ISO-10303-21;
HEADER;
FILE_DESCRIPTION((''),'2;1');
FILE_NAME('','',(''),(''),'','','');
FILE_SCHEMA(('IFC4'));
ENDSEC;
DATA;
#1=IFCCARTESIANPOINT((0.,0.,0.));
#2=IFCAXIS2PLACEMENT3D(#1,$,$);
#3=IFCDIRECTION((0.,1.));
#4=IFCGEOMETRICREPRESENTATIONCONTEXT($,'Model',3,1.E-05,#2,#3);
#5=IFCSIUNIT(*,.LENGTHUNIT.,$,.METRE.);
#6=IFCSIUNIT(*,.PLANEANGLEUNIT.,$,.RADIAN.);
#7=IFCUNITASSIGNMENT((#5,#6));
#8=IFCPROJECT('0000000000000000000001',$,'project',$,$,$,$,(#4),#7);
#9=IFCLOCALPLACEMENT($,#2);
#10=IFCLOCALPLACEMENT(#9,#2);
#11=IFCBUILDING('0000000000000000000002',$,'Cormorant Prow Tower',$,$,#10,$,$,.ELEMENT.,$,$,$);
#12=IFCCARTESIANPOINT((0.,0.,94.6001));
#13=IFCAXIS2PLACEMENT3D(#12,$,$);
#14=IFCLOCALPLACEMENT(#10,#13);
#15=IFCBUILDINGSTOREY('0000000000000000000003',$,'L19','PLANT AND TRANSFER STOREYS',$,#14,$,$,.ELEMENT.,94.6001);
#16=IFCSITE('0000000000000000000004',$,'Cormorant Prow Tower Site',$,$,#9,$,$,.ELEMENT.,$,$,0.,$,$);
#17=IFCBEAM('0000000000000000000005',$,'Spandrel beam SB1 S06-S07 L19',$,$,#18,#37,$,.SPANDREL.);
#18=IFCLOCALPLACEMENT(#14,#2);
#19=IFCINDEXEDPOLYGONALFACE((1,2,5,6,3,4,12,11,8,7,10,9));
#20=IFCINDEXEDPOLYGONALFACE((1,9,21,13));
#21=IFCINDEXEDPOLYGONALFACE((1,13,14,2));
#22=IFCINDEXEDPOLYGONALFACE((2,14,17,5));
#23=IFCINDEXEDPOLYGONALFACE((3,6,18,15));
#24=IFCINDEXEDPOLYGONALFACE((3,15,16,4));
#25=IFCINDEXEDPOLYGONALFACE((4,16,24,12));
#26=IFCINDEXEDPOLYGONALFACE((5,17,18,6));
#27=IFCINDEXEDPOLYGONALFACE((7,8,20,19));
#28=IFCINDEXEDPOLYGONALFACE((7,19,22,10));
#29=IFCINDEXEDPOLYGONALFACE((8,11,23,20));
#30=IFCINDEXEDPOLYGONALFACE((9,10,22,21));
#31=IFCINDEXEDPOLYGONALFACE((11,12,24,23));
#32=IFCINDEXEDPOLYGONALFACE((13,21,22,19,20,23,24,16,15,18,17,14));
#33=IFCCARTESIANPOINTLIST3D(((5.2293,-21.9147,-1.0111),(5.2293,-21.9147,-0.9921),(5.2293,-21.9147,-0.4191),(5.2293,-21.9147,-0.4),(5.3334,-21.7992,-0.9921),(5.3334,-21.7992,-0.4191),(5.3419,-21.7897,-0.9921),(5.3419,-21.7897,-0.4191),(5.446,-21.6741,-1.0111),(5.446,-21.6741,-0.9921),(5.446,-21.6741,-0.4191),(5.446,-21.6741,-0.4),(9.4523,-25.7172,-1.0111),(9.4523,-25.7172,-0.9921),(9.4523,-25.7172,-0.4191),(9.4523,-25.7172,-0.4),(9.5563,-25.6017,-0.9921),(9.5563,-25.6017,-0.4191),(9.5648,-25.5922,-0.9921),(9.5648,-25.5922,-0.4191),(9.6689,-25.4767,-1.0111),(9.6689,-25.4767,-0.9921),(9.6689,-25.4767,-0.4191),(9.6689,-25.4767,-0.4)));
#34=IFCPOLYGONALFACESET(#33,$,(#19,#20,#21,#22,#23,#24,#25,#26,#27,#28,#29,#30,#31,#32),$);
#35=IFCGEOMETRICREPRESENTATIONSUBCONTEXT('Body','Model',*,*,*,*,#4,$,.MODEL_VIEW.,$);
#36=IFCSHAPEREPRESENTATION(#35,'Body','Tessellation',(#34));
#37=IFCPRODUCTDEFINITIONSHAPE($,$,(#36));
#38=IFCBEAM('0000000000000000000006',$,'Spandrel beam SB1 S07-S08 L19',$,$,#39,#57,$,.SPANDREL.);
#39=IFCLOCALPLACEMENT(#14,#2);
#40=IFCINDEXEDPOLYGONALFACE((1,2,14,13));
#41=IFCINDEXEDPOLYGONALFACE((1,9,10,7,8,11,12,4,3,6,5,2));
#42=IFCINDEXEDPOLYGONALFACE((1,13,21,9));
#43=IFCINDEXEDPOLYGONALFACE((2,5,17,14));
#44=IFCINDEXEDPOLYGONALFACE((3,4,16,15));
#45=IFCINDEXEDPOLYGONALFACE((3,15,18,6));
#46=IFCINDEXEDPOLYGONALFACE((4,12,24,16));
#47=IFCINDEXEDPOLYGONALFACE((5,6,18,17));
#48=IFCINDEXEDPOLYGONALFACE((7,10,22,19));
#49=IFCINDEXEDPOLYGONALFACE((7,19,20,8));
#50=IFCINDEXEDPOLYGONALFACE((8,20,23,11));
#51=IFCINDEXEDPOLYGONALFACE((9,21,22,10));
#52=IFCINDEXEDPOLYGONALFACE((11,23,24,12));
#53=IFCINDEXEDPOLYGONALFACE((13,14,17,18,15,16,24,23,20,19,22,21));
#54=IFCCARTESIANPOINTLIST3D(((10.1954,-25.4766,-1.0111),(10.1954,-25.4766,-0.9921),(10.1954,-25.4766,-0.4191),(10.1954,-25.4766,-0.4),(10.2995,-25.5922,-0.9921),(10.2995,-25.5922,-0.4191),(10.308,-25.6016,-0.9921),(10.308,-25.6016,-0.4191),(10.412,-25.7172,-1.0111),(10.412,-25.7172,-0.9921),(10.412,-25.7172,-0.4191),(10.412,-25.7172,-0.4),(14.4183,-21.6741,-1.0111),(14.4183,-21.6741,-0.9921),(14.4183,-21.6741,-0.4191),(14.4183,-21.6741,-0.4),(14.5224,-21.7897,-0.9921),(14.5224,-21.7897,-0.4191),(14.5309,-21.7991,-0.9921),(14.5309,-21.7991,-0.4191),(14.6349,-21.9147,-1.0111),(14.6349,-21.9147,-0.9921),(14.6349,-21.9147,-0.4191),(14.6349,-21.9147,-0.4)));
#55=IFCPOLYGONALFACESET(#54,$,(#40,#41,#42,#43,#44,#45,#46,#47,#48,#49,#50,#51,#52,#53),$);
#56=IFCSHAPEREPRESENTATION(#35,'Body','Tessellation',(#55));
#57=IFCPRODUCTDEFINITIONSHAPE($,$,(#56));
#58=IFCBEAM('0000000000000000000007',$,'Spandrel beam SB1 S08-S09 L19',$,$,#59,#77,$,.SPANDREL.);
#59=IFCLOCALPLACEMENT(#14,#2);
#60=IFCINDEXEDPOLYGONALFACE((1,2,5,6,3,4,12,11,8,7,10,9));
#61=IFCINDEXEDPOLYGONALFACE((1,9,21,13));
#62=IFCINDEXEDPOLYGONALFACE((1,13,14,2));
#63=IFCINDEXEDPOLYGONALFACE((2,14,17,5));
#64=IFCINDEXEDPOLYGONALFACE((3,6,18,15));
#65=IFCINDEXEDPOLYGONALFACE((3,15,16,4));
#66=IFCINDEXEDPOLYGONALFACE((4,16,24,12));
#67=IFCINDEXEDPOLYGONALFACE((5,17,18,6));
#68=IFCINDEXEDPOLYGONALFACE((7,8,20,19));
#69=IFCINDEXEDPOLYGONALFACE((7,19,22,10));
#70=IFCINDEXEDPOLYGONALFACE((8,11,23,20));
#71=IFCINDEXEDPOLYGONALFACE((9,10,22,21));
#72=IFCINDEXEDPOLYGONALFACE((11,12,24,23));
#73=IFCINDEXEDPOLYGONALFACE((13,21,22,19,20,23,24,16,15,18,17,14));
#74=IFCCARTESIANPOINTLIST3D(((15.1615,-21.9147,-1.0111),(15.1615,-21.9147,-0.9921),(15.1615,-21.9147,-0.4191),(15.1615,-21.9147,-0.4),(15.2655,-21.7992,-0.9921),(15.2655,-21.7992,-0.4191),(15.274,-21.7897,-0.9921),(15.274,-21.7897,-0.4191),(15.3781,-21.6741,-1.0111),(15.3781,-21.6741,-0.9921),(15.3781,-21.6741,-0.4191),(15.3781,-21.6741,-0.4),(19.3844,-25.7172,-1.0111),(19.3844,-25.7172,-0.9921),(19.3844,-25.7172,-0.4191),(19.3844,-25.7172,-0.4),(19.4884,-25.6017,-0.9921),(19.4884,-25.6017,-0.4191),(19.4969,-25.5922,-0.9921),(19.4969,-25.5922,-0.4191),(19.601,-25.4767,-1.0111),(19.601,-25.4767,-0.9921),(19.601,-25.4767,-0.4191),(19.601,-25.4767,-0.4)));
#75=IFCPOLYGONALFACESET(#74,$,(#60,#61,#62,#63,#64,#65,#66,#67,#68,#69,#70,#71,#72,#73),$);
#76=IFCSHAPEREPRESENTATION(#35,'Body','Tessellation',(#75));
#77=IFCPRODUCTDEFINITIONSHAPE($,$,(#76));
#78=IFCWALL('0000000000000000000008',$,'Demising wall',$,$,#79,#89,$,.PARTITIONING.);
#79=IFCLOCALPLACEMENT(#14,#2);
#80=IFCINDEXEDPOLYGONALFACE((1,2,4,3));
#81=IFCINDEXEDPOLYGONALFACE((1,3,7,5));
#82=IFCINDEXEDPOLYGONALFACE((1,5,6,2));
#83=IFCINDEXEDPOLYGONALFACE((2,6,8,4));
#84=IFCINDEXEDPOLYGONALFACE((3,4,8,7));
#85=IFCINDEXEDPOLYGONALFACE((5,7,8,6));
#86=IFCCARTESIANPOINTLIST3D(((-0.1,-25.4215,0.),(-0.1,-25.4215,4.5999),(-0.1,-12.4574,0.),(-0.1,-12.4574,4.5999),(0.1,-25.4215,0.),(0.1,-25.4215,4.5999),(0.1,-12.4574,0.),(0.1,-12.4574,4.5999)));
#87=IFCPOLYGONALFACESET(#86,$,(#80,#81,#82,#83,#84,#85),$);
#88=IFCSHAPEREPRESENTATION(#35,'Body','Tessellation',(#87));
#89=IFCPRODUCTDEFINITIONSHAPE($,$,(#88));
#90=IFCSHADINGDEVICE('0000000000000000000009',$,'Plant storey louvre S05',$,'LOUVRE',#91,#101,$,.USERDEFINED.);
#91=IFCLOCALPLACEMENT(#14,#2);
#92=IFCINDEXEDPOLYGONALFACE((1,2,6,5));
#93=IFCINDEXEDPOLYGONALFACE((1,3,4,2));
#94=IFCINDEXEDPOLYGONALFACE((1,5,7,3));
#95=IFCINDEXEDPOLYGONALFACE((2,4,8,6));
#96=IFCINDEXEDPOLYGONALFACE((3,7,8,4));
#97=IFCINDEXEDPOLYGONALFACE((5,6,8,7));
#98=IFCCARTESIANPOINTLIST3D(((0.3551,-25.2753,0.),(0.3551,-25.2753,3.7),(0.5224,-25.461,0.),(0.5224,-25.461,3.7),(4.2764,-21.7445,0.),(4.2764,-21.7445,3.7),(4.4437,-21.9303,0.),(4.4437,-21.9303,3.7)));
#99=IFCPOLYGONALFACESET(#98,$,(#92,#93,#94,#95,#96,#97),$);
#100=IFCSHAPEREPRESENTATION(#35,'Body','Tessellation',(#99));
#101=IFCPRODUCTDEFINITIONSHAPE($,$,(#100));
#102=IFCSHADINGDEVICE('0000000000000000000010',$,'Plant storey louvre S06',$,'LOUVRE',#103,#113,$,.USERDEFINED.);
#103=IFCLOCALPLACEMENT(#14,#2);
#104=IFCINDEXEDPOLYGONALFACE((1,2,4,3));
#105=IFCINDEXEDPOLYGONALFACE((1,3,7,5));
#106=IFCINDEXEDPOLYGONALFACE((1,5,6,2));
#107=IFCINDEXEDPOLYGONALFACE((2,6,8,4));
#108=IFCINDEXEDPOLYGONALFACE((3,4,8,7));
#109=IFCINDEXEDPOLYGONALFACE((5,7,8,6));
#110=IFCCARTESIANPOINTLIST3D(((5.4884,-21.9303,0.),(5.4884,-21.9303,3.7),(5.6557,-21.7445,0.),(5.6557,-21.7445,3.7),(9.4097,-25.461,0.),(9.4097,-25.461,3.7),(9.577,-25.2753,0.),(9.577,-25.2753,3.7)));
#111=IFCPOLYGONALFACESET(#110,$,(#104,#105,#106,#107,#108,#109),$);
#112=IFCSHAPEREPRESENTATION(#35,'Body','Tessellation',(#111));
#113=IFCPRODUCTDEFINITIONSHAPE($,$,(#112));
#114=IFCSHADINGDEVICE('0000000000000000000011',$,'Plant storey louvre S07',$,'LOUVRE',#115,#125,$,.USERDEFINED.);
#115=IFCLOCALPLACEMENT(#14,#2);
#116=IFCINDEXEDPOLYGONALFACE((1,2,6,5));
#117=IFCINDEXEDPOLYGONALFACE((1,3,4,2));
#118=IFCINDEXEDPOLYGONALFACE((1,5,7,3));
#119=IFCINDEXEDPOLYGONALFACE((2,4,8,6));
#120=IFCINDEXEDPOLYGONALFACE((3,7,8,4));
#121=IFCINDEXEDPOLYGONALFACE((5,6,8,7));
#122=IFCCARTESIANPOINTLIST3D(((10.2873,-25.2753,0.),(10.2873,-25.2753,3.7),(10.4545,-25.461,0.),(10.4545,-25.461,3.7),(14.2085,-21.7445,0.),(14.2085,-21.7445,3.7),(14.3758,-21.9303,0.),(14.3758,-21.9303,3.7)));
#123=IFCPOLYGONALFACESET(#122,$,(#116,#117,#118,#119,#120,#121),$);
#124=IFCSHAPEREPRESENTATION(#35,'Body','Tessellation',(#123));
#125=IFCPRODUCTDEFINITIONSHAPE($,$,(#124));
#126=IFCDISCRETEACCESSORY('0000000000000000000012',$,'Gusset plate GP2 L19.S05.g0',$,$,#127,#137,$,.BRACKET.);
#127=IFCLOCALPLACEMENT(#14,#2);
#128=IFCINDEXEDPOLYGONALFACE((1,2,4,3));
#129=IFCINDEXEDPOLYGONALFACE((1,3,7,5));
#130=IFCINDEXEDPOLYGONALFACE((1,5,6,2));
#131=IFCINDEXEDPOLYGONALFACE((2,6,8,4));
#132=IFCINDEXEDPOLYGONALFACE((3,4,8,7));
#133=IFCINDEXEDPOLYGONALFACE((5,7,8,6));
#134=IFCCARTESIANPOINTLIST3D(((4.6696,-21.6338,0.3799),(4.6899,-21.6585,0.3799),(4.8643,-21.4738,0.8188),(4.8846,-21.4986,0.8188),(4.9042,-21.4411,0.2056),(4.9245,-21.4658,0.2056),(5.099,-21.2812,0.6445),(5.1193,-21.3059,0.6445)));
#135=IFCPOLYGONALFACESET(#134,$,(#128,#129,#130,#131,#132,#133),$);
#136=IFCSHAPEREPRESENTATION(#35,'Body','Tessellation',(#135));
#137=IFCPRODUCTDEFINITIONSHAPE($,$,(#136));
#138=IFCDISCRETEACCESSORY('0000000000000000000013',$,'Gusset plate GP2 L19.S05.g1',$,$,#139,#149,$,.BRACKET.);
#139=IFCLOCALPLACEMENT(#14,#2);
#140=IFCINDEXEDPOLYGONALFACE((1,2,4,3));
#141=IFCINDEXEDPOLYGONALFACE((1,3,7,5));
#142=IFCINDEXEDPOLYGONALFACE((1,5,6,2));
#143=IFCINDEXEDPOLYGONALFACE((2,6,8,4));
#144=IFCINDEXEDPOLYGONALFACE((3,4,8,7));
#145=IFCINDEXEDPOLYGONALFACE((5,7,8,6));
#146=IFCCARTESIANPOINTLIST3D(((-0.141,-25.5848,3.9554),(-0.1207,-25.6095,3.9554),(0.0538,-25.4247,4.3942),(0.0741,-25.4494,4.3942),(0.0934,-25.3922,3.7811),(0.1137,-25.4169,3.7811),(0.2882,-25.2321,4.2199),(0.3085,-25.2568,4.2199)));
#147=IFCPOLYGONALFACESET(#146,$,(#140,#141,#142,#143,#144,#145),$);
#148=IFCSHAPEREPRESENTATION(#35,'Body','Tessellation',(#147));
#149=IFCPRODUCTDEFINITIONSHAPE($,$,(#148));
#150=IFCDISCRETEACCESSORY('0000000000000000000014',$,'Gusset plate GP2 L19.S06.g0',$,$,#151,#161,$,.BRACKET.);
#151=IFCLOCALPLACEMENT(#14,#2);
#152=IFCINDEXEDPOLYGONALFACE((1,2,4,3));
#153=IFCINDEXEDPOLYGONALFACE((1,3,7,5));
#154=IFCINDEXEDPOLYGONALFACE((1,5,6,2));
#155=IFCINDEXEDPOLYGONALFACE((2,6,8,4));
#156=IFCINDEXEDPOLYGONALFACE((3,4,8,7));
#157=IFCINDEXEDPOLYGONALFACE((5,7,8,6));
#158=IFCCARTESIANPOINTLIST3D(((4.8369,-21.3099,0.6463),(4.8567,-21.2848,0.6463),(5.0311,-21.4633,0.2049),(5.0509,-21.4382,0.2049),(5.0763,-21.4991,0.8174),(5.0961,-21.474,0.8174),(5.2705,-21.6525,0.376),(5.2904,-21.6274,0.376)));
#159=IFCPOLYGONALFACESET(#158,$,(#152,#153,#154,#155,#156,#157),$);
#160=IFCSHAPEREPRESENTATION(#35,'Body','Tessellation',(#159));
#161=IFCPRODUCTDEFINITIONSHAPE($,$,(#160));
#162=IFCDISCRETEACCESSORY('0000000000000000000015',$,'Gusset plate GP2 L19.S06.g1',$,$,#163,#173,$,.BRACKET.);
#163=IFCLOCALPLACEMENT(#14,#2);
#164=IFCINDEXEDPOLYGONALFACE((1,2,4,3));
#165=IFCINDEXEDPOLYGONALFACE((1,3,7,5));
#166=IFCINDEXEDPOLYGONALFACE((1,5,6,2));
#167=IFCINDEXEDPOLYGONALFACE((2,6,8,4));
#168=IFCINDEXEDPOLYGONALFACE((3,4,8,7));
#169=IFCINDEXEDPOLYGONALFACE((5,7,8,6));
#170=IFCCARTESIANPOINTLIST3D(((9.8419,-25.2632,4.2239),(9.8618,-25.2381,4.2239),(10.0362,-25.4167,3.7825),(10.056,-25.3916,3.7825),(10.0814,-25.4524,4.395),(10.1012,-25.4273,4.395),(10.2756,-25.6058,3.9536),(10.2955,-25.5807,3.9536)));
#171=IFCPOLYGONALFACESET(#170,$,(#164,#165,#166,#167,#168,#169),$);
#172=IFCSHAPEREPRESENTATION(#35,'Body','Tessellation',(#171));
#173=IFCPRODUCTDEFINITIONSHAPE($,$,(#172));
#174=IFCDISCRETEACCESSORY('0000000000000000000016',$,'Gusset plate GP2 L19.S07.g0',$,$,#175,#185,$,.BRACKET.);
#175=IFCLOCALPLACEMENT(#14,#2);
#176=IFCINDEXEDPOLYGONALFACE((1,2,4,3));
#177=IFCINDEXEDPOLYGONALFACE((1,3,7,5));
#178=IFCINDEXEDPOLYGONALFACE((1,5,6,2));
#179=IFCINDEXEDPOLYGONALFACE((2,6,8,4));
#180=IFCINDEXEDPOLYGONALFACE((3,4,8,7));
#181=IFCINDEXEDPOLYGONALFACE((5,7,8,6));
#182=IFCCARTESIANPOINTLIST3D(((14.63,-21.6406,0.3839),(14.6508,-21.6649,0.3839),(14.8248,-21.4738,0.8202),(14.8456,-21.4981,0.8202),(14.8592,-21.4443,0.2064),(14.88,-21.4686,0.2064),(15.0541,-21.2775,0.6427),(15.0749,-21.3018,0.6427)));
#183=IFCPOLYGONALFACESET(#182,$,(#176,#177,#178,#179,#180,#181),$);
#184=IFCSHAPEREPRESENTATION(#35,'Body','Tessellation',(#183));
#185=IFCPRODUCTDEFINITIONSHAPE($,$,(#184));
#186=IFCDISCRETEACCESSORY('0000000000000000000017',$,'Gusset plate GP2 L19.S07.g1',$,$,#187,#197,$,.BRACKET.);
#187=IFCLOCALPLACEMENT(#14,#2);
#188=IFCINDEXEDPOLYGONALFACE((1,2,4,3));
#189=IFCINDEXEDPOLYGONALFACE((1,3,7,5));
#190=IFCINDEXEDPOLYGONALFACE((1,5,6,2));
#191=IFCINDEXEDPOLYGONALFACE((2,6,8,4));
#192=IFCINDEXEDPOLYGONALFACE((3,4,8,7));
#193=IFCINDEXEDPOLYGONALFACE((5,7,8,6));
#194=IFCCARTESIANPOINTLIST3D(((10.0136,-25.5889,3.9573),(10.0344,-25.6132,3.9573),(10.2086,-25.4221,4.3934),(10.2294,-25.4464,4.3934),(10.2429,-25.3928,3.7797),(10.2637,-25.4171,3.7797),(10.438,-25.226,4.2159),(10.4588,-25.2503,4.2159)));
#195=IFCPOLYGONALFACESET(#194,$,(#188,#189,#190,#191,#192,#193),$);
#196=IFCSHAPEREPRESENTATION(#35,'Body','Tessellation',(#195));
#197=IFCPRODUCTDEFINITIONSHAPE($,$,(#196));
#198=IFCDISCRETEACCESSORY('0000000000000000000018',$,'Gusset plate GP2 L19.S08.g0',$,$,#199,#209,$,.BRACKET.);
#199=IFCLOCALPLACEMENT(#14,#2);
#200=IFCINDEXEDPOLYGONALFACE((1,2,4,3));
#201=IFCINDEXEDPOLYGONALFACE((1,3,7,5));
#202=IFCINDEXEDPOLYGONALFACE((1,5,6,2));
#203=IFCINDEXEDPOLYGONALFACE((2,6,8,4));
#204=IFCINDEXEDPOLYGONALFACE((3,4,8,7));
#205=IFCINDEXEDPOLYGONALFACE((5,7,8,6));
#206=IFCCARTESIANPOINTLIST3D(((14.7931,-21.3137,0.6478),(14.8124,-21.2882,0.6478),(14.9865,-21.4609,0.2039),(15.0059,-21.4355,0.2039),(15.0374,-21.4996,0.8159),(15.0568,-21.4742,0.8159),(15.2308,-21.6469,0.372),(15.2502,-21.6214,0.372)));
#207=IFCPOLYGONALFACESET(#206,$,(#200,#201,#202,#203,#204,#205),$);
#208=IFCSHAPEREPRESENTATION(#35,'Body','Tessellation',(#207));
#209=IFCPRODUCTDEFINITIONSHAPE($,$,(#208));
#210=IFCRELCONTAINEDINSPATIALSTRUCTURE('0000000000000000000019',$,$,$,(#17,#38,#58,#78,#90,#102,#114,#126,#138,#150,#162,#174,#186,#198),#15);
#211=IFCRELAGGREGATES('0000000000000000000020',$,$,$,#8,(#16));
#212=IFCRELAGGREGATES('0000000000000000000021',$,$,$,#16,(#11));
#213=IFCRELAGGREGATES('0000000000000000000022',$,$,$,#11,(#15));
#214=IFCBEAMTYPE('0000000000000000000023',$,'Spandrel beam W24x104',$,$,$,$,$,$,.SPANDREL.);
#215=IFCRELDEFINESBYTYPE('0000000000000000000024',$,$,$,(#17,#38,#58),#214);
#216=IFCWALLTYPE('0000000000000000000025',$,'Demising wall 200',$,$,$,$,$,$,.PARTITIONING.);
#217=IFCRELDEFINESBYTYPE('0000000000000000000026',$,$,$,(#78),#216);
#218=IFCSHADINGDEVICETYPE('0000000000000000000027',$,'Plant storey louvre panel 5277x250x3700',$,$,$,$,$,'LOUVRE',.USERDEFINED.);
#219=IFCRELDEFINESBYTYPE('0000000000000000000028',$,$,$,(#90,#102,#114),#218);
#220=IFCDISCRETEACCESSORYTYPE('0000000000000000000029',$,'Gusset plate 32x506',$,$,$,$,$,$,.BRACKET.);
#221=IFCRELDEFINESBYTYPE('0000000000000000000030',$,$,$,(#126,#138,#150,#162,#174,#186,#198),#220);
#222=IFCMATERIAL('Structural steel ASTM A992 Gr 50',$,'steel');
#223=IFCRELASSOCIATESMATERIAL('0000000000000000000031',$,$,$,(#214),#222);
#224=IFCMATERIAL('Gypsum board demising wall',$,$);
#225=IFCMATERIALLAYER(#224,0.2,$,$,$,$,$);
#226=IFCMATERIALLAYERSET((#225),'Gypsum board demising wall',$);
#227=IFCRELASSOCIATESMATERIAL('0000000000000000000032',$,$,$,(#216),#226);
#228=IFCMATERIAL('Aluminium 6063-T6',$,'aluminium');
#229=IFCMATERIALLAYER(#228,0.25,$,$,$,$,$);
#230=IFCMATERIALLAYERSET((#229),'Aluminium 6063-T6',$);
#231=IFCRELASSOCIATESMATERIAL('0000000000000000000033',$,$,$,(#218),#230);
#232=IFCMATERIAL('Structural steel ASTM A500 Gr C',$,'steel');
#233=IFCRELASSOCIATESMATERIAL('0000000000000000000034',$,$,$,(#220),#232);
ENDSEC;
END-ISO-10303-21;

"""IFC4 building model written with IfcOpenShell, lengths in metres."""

from ifc_helpers import new_model, si_unit, direction, frame, frame_2d, origin, origin_2d, place, context, subcontext, project, spatial, rectangle, i_section, extrude, material, layer, layer_set, material_profile, profile_set, type_object, element, save


model = new_model("IFC4")

# Units and contexts
model_context = context("Model", 3, precision=1e-05, world=origin(), true_north=direction((0.0, 1.0)))
body_context = subcontext(model_context, "Body", "Model", "MODEL_VIEW")
ifc_project = project(units=[si_unit("LENGTHUNIT", "METRE"), si_unit("PLANEANGLEUNIT", "RADIAN")], contexts=[model_context])

# Site, building, storey
site_placement = place(None, origin())
site = spatial("IfcSite", under=ifc_project, at=site_placement, Name="Cormorant Prow Tower Site", CompositionType="ELEMENT", RefElevation=0.0)
building_placement = place(site_placement, origin())
building = spatial("IfcBuilding", under=site, at=building_placement, Name="Cormorant Prow Tower", CompositionType="ELEMENT")
storey_placement = place(building_placement, frame((0.0, 0.0, 94.6001)))
storey = spatial("IfcBuildingStorey", under=building, at=storey_placement, Name="L19", Description="PLANT AND TRANSFER STOREYS", CompositionType="ELEMENT", Elevation=94.6001)

# Beams
ifc_material_1 = material(Name="Structural steel ASTM A992 Gr 50", Category="steel")
ifc_material_profile_1 = material_profile(ifc_material_1, i_section(OverallWidth=0.3237, OverallDepth=0.6111, WebThickness=0.0127, FlangeThickness=0.019, at=origin_2d()), Name="W24x104")
ifc_profile_set_1 = profile_set([ifc_material_profile_1], Name="Structural steel ASTM A992 Gr 50")
beam_type = type_object("IfcBeamType", Name="Spandrel beam W24x104", PredefinedType="SPANDREL", material=ifc_profile_set_1)
for number, where, z_axis, x_axis, name in (
    (1, (5.3376, -21.7944, -0.7056), (0.74313, -0.669147, 0.0), (0.669147, 0.74313, 0.0), "Spandrel beam SB1 S06-S07 L19"),
    (2, (10.3037, -25.5969, -0.7056), (0.74313, 0.669147, 0.0), (-0.669147, 0.74313, 0.0), "Spandrel beam SB1 S07-S08 L19"),
    (3, (15.2698, -21.7944, -0.7056), (0.74313, -0.669147, 0.0), (0.669147, 0.74313, 0.0), "Spandrel beam SB1 S08-S09 L19"),
):
    element("IfcBeam", number, at=place(storey_placement, frame(where, z_axis=z_axis, x_axis=x_axis)), inside=storey, type_object=beam_type, Name=name, PredefinedType="SPANDREL", context=body_context, shape_type="SweptSolid", body=[
        extrude(i_section(OverallWidth=0.3237, OverallDepth=0.6111, WebThickness=0.0127, FlangeThickness=0.019, at=origin_2d()), origin(), (0.0, 0.0, 1.0), 5.6826),
    ])

# Wall
ifc_material_2 = material(Name="Gypsum board demising wall")
ifc_layer_1 = layer(ifc_material_2, 0.2)
ifc_layer_set_1 = layer_set([ifc_layer_1], Name="Gypsum board demising wall")
wall_type = type_object("IfcWallType", Name="Demising wall 200", PredefinedType="PARTITIONING", material=ifc_layer_set_1)
wall_placement = place(storey_placement, frame((0.0, -25.4214, 0.0), z_axis=(0.0, 0.0, 1.0), x_axis=(0.0, 1.0, 0.0)))
element("IfcWall", 4, at=wall_placement, inside=storey, type_object=wall_type, Name="Demising wall", PredefinedType="PARTITIONING", context=body_context, shape_type="SweptSolid", body=[
    extrude(rectangle(XDim=12.9641, YDim=0.2, at=frame_2d((6.4819, 0.0))), origin(), (0.0, 0.0, 1.0), 4.5999),
])

# Shading devices
ifc_material_3 = material(Name="Aluminium 6063-T6", Category="aluminium")
ifc_layer_2 = layer(ifc_material_3, 0.25)
ifc_layer_set_2 = layer_set([ifc_layer_2], Name="Aluminium 6063-T6")
shading_device_type = type_object("IfcShadingDeviceType", Name="Plant storey louvre panel 5277x250x3700", ElementType="LOUVRE", PredefinedType="USERDEFINED", material=ifc_layer_set_2)
for number, where, z_axis, x_axis, name in (
    (5, (2.3994, -23.6028, 0.0), (0.0, 0.0, 1.0), (0.743145, 0.669131, 0.0), "Plant storey louvre S05"),
    (6, (7.5327, -23.6028, 0.0), (0.0, 0.0, 1.0), (0.743145, -0.669131, 0.0), "Plant storey louvre S06"),
    (7, (12.3315, -23.6028, 0.0), (0.0, 0.0, 1.0), (0.743145, 0.669131, 0.0), "Plant storey louvre S07"),
):
    element("IfcShadingDevice", number, at=place(storey_placement, frame(where, z_axis=z_axis, x_axis=x_axis)), inside=storey, type_object=shading_device_type, Name=name, ObjectType="LOUVRE", PredefinedType="USERDEFINED", context=body_context, shape_type="SweptSolid", body=[
        extrude(rectangle(XDim=5.2766, YDim=0.25, at=origin_2d()), origin(), (0.0, 0.0, 1.0), 3.7),
    ])

# Discrete accessories
ifc_material_4 = material(Name="Structural steel ASTM A500 Gr C", Category="steel")
ifc_material_profile_2 = material_profile(ifc_material_4, rectangle(XDim=0.032, YDim=0.5061, at=origin_2d()), Name="Gusset plate 32x506")
ifc_profile_set_2 = profile_set([ifc_material_profile_2], Name="Structural steel ASTM A500 Gr C")
discrete_accessory_type_1 = type_object("IfcDiscreteAccessoryType", Name="Gusset plate 32x506", PredefinedType="BRACKET", material=ifc_profile_set_2)
discrete_accessory_1_placement = place(storey_placement, frame((4.7771, -21.5662, 0.5994), z_axis=(0.670238, 0.550279, -0.497971), x_axis=(-0.634551, 0.772881, 0.0)))
element("IfcDiscreteAccessory", 8, at=discrete_accessory_1_placement, inside=storey, type_object=discrete_accessory_type_1, Name="Gusset plate GP2 L19.S05.g0", PredefinedType="BRACKET", context=body_context, shape_type="SweptSolid", body=[
    extrude(rectangle(XDim=0.032, YDim=0.5061, at=origin_2d()), origin(), (0.0, 0.0, 1.0), 0.3501),
])
for number, where, z_axis, x_axis, name in (
    (9, (0.2009, -25.3245, 4.0005), (-0.669853, -0.550536, 0.498203), (0.634945, -0.772557, 0.0), "Gusset plate GP2 L19.S05.g1"),
    (10, (5.1833, -21.5632, 0.5967), (-0.684428, 0.540705, -0.489077), (-0.619904, -0.784678, 0.0), "Gusset plate GP2 L19.S06.g0"),
    (11, (9.949, -25.3274, 4.0032), (0.684428, -0.540705, 0.489077), (0.619904, 0.784678, 0.0), "Gusset plate GP2 L19.S06.g1"),
):
    element("IfcDiscreteAccessory", number, at=place(storey_placement, frame(where, z_axis=z_axis, x_axis=x_axis)), inside=storey, type_object=discrete_accessory_type_1, Name=name, PredefinedType="BRACKET", context=body_context, shape_type="SweptSolid", body=[
        extrude(rectangle(XDim=0.032, YDim=0.5061, at=origin_2d()), origin(), (0.0, 0.0, 1.0), 0.3499),
    ])
for number, where, z_axis, x_axis, name in (
    (12, (14.7378, -21.5693, 0.6021), (0.654762, 0.560627, -0.506935), (-0.650392, 0.759599, 0.0), "Gusset plate GP2 L19.S07.g0"),
    (13, (10.3508, -25.3215, 3.9978), (-0.655018, -0.560149, 0.507133), (0.649924, -0.759999, 0.0), "Gusset plate GP2 L19.S07.g1"),
    (14, (15.1438, -21.5605, 0.594), (-0.697876, 0.53125, -0.480356), (-0.605708, -0.795687, 0.0), "Gusset plate GP2 L19.S08.g0"),
):
    element("IfcDiscreteAccessory", number, at=place(storey_placement, frame(where, z_axis=z_axis, x_axis=x_axis)), inside=storey, type_object=discrete_accessory_type_1, Name=name, PredefinedType="BRACKET", context=body_context, shape_type="SweptSolid", body=[
        extrude(rectangle(XDim=0.032, YDim=0.5061, at=origin_2d()), origin(), (0.0, 0.0, 1.0), 0.3501),
    ])

save(model, "model.ifc")
